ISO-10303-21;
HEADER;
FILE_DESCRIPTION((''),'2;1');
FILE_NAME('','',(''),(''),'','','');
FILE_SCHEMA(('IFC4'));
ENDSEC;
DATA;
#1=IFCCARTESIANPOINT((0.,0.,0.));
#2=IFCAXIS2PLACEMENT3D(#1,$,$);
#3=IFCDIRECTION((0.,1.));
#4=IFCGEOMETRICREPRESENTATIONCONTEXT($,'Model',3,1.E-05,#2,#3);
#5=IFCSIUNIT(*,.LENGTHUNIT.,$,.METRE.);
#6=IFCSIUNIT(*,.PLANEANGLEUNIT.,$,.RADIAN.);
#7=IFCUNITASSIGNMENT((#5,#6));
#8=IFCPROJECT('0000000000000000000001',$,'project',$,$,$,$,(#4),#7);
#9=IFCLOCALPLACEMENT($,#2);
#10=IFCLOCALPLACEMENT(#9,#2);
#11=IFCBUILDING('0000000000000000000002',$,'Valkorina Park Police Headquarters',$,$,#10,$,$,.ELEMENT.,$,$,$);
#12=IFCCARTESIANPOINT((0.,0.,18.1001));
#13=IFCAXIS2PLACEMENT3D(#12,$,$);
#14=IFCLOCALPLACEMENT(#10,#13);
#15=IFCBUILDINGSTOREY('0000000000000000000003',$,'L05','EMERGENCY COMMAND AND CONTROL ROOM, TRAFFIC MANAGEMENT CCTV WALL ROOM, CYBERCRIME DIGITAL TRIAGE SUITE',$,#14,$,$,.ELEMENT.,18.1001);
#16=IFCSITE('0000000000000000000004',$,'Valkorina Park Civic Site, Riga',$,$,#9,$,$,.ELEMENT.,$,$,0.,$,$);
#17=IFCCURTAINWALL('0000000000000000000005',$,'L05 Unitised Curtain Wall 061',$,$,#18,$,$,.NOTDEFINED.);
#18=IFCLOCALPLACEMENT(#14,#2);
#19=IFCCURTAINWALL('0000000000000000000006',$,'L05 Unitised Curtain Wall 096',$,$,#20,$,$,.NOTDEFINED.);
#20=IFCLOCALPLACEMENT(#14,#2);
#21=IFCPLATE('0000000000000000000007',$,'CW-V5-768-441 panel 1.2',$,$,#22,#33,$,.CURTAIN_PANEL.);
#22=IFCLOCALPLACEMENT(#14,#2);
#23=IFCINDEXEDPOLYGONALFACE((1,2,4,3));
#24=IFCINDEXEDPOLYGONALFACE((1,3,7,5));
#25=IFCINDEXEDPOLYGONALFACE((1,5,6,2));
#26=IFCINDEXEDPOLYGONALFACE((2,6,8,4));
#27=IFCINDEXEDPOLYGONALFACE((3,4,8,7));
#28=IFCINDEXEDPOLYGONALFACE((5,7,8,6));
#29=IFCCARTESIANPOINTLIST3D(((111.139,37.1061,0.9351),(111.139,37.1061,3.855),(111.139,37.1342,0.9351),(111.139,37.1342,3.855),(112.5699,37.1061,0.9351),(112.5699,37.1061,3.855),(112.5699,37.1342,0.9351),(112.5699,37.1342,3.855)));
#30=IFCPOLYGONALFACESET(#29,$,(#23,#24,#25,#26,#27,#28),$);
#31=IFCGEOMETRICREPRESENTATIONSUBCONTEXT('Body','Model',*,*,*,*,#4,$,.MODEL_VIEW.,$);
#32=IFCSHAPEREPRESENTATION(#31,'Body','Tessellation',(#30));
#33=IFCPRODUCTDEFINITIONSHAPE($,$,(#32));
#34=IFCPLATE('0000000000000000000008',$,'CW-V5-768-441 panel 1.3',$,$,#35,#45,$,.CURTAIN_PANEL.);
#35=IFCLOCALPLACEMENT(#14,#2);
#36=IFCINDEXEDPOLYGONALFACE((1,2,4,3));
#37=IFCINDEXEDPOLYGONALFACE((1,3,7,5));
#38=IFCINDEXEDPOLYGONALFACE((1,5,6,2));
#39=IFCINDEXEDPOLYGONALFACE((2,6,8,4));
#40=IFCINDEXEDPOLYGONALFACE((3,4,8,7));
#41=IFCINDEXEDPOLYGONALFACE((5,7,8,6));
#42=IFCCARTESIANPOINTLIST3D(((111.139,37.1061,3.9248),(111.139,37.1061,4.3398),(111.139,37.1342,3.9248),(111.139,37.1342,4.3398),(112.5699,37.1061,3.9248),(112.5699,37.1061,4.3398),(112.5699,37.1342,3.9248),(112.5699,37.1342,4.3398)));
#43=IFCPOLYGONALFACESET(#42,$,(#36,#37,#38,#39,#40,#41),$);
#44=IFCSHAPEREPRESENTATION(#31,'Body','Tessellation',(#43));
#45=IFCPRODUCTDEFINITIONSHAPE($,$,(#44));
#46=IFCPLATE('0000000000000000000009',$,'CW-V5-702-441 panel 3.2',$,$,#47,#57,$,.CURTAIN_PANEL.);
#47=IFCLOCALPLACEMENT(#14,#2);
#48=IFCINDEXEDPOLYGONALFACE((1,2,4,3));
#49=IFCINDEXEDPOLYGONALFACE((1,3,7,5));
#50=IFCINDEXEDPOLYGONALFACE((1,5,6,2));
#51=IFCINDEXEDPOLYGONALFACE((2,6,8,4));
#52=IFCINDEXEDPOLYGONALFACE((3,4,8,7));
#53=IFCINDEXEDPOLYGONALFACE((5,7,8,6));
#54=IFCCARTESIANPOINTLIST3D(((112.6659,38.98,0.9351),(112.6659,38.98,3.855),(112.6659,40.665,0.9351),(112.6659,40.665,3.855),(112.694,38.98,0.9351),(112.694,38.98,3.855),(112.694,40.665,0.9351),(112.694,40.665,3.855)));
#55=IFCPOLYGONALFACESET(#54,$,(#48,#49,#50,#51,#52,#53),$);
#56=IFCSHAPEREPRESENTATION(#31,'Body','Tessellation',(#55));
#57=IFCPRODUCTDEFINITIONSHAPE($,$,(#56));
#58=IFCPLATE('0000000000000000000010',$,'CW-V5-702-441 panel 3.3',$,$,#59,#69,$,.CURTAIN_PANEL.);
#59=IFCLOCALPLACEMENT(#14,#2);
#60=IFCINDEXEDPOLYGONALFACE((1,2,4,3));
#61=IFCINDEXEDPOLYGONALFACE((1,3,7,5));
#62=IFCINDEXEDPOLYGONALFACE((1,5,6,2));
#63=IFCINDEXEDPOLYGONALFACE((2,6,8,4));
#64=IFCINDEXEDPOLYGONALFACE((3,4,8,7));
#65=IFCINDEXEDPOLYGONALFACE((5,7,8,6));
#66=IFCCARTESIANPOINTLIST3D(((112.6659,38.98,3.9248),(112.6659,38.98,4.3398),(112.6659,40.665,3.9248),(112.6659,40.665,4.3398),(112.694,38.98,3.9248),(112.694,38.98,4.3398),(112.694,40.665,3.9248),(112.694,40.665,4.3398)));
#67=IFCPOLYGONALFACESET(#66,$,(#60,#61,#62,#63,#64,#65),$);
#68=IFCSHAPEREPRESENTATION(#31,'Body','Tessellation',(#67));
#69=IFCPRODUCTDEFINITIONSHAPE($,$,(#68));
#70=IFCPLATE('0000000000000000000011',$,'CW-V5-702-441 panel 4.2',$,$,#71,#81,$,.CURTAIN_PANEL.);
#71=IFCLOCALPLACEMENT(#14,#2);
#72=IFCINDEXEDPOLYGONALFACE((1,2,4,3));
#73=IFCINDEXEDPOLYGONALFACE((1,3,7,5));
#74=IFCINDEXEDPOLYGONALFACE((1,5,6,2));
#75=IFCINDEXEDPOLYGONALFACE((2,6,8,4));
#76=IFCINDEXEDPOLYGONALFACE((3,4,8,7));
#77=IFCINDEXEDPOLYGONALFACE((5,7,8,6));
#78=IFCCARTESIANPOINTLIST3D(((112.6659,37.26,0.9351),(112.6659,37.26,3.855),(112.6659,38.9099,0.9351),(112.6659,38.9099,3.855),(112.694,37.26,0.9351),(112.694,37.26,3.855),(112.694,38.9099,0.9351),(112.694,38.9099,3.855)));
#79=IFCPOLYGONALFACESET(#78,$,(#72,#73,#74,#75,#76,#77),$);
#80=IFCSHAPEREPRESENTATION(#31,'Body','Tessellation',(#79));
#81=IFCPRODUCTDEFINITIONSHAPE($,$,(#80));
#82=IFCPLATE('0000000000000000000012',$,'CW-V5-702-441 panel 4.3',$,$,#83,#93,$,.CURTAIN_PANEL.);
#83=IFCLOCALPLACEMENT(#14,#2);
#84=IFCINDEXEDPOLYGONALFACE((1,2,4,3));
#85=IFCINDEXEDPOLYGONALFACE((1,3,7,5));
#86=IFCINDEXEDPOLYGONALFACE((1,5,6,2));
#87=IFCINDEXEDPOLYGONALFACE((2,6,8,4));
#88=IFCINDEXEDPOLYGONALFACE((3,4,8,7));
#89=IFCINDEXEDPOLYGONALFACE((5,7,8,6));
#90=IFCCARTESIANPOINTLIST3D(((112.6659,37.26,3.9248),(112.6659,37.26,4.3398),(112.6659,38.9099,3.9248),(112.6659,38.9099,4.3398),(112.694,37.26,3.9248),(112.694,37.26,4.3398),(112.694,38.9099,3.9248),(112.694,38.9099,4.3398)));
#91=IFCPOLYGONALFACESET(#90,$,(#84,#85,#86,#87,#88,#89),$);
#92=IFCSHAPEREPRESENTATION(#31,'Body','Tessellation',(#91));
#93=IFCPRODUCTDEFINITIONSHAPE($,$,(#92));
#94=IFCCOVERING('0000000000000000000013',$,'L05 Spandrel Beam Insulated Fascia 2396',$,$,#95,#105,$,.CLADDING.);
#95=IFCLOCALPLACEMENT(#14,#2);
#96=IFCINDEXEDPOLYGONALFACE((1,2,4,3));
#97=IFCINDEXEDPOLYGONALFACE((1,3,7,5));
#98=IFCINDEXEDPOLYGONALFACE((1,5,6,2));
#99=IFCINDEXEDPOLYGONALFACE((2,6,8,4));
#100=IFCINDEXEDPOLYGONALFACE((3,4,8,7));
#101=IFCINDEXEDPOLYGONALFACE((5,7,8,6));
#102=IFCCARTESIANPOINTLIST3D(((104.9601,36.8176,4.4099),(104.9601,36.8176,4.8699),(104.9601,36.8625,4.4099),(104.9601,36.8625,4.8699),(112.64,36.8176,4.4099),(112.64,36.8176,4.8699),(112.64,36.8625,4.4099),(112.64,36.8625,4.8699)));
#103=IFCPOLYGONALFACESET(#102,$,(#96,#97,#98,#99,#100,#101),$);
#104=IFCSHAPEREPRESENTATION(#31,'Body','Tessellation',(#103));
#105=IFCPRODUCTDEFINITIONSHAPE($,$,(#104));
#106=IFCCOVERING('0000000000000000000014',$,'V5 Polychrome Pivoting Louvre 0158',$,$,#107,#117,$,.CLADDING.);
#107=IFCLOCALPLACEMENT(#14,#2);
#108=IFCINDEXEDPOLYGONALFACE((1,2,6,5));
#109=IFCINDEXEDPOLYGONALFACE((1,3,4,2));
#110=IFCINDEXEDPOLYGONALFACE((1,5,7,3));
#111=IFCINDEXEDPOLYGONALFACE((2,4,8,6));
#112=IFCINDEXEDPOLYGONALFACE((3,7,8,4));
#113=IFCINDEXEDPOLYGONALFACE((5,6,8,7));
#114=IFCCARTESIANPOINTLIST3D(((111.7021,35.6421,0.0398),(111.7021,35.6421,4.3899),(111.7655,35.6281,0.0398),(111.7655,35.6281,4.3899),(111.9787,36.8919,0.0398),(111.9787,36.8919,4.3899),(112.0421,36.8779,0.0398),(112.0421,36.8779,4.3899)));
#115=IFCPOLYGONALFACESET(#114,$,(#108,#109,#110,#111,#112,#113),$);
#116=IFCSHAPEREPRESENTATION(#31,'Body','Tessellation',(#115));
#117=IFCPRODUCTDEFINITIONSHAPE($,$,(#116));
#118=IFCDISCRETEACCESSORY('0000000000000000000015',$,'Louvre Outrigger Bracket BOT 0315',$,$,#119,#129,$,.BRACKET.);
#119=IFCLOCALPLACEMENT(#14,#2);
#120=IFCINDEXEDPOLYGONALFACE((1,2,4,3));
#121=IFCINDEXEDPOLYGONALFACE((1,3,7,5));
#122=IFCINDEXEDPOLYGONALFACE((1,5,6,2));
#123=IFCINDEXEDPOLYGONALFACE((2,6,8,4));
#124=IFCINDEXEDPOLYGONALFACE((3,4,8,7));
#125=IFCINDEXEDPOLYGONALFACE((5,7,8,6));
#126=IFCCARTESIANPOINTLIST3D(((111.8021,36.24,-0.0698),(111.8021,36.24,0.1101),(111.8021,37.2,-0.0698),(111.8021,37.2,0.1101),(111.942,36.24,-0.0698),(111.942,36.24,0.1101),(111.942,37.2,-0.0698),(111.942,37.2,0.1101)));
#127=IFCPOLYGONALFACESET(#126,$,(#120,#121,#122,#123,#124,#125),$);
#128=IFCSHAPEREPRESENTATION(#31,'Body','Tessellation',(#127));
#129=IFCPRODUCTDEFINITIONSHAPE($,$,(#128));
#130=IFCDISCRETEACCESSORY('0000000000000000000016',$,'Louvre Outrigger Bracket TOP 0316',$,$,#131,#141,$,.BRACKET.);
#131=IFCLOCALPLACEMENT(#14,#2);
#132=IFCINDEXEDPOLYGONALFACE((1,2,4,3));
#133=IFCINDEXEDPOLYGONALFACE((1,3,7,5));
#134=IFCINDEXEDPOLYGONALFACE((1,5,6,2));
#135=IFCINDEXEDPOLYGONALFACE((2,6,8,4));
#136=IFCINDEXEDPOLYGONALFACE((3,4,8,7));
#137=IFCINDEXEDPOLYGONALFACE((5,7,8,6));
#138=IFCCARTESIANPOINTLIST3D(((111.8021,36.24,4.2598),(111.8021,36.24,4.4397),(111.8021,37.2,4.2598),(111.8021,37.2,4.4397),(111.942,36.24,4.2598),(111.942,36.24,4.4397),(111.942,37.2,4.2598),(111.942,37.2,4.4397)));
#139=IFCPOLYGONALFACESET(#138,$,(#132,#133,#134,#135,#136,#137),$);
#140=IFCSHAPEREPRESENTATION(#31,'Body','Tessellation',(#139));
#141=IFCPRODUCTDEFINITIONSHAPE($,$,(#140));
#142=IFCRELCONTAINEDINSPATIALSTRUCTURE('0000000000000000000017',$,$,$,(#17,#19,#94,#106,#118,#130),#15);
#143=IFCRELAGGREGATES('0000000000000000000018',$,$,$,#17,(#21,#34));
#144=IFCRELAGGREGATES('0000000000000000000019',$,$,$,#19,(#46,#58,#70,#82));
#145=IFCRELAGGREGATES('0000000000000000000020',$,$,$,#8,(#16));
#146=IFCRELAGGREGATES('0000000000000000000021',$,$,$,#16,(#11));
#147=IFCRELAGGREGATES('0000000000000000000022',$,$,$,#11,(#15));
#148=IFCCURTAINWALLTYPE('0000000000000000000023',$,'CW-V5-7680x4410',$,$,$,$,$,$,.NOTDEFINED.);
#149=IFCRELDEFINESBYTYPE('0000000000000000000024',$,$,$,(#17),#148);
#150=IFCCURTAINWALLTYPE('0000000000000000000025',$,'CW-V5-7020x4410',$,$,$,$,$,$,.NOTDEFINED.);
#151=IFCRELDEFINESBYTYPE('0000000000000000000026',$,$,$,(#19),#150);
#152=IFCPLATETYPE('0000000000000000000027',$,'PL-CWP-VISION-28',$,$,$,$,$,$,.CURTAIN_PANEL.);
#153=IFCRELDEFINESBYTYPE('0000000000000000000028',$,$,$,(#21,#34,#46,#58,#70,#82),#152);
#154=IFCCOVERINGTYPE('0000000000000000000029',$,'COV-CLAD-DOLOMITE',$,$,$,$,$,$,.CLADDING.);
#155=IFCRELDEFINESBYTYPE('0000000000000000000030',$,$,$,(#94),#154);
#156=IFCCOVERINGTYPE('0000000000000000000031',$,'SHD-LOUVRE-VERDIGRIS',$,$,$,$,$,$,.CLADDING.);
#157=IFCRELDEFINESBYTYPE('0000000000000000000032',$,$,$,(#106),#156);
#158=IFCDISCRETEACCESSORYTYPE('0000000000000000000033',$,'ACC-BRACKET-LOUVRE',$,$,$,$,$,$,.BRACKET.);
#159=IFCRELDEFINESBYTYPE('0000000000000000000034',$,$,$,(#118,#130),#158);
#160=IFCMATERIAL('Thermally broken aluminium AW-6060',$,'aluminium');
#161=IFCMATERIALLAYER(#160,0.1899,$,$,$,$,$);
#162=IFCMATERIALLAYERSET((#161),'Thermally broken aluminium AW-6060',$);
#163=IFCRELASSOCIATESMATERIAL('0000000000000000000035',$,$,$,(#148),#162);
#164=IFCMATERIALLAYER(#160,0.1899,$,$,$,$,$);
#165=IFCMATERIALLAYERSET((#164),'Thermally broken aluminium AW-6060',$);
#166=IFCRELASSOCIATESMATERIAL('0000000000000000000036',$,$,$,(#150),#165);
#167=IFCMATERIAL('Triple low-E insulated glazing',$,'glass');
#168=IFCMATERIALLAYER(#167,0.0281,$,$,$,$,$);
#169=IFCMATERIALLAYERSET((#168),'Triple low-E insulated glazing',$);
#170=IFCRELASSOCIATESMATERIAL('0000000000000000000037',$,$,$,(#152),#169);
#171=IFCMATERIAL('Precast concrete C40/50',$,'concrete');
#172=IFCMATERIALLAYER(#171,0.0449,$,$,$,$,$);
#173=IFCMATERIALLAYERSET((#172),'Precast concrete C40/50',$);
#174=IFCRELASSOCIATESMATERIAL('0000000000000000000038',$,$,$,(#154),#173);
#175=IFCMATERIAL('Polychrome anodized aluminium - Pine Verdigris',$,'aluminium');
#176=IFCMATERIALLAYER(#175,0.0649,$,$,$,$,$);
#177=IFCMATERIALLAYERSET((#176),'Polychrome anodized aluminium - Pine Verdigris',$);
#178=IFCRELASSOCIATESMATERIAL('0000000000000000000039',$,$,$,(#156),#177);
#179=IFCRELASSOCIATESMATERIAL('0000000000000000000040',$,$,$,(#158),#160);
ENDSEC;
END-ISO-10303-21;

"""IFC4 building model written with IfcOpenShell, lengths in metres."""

from ifc_helpers import new_model, si_unit, direction, frame, frame_2d, origin, origin_2d, place, context, subcontext, project, spatial, rectangle, extrude, material, layer, layer_set, type_object, element, aggregate, save


model = new_model("IFC4")

# Units and contexts
model_context = context("Model", 3, precision=1e-05, world=origin(), true_north=direction((0.0, 1.0)))
body_context = subcontext(model_context, "Body", "Model", "MODEL_VIEW")
ifc_project = project(units=[si_unit("LENGTHUNIT", "METRE"), si_unit("PLANEANGLEUNIT", "RADIAN")], contexts=[model_context])

# Site, building, storey
site_placement = place(None, origin())
site = spatial("IfcSite", under=ifc_project, at=site_placement, Name="Valkorina Park Civic Site, Riga", CompositionType="ELEMENT", RefElevation=0.0)
building_placement = place(site_placement, origin())
building = spatial("IfcBuilding", under=site, at=building_placement, Name="Valkorina Park Police Headquarters", CompositionType="ELEMENT")
storey_placement = place(building_placement, frame((0.0, 0.0, 18.1001)))
storey = spatial("IfcBuildingStorey", under=building, at=storey_placement, Name="L05", Description="EMERGENCY COMMAND AND CONTROL ROOM, TRAFFIC MANAGEMENT CCTV WALL ROOM, CYBERCRIME DIGITAL TRIAGE SUITE", CompositionType="ELEMENT", Elevation=18.1001)

# Curtain walls
ifc_material_1 = material(Name="Thermally broken aluminium AW-6060", Category="aluminium")
ifc_layer_1 = layer(ifc_material_1, 0.1899)
ifc_layer_set_1 = layer_set([ifc_layer_1], Name="Thermally broken aluminium AW-6060")
curtain_wall_type_1 = type_object("IfcCurtainWallType", Name="CW-V5-7680x4410", PredefinedType="NOTDEFINED", material=ifc_layer_set_1)
curtain_wall_1_placement = place(storey_placement, origin())
curtain_wall_1 = element("IfcCurtainWall", 1, at=curtain_wall_1_placement, inside=storey, type_object=curtain_wall_type_1, Name="L05 Unitised Curtain Wall 061", PredefinedType="NOTDEFINED")
ifc_layer_2 = layer(ifc_material_1, 0.1899)
ifc_layer_set_2 = layer_set([ifc_layer_2], Name="Thermally broken aluminium AW-6060")
curtain_wall_type_2 = type_object("IfcCurtainWallType", Name="CW-V5-7020x4410", PredefinedType="NOTDEFINED", material=ifc_layer_set_2)
curtain_wall_2_placement = place(storey_placement, origin())
curtain_wall_2 = element("IfcCurtainWall", 2, at=curtain_wall_2_placement, inside=storey, type_object=curtain_wall_type_2, Name="L05 Unitised Curtain Wall 096", PredefinedType="NOTDEFINED")

# Plates
ifc_material_2 = material(Name="Triple low-E insulated glazing", Category="glass")
ifc_layer_3 = layer(ifc_material_2, 0.0281)
ifc_layer_set_3 = layer_set([ifc_layer_3], Name="Triple low-E insulated glazing")
plate_type_1 = type_object("IfcPlateType", Name="PL-CWP-VISION-28", PredefinedType="CURTAIN_PANEL", material=ifc_layer_set_3)
plate_1_placement = place(storey_placement, frame((111.8545, 37.1201, 0.9351), z_axis=(0.0, 0.0, 1.0), x_axis=(-1.0, 0.0, 0.0)))
plate_1 = element("IfcPlate", 3, at=plate_1_placement, type_object=plate_type_1, Name="CW-V5-768-441 panel 1.2", PredefinedType="CURTAIN_PANEL", context=body_context, shape_type="SweptSolid", body=[
    extrude(rectangle(XDim=1.4309, YDim=0.0281, at=origin_2d()), origin(), (0.0, 0.0, 1.0), 2.9199),
])
plate_2_placement = place(storey_placement, frame((111.8545, 37.1201, 3.9248), z_axis=(0.0, 0.0, 1.0), x_axis=(-1.0, 0.0, 0.0)))
plate_2 = element("IfcPlate", 4, at=plate_2_placement, type_object=plate_type_1, Name="CW-V5-768-441 panel 1.3", PredefinedType="CURTAIN_PANEL", context=body_context, shape_type="SweptSolid", body=[
    extrude(rectangle(XDim=1.4309, YDim=0.0281, at=origin_2d()), origin(), (0.0, 0.0, 1.0), 0.415),
])
aggregate(curtain_wall_1, [plate_1, plate_2])
plate_3_placement = place(storey_placement, frame((112.6799, 39.8225, 0.9351), z_axis=(0.0, 0.0, 1.0), x_axis=(0.0, -1.0, 0.0)))
plate_3 = element("IfcPlate", 5, at=plate_3_placement, type_object=plate_type_1, Name="CW-V5-702-441 panel 3.2", PredefinedType="CURTAIN_PANEL", context=body_context, shape_type="SweptSolid", body=[
    extrude(rectangle(XDim=1.6851, YDim=0.0281, at=origin_2d()), origin(), (0.0, 0.0, 1.0), 2.9199),
])
plate_4_placement = place(storey_placement, frame((112.6799, 39.8225, 3.9248), z_axis=(0.0, 0.0, 1.0), x_axis=(0.0, -1.0, 0.0)))
plate_4 = element("IfcPlate", 6, at=plate_4_placement, type_object=plate_type_1, Name="CW-V5-702-441 panel 3.3", PredefinedType="CURTAIN_PANEL", context=body_context, shape_type="SweptSolid", body=[
    extrude(rectangle(XDim=1.6851, YDim=0.0281, at=origin_2d()), origin(), (0.0, 0.0, 1.0), 0.415),
])
plate_5_placement = place(storey_placement, frame((112.6799, 38.085, 0.9351), z_axis=(0.0, 0.0, 1.0), x_axis=(0.0, -1.0, 0.0)))
plate_5 = element("IfcPlate", 7, at=plate_5_placement, type_object=plate_type_1, Name="CW-V5-702-441 panel 4.2", PredefinedType="CURTAIN_PANEL", context=body_context, shape_type="SweptSolid", body=[
    extrude(rectangle(XDim=1.6499, YDim=0.0281, at=origin_2d()), origin(), (0.0, 0.0, 1.0), 2.9199),
])
plate_6_placement = place(storey_placement, frame((112.6799, 38.085, 3.9248), z_axis=(0.0, 0.0, 1.0), x_axis=(0.0, -1.0, 0.0)))
plate_6 = element("IfcPlate", 8, at=plate_6_placement, type_object=plate_type_1, Name="CW-V5-702-441 panel 4.3", PredefinedType="CURTAIN_PANEL", context=body_context, shape_type="SweptSolid", body=[
    extrude(rectangle(XDim=1.6499, YDim=0.0281, at=origin_2d()), origin(), (0.0, 0.0, 1.0), 0.415),
])
aggregate(curtain_wall_2, [plate_3, plate_4, plate_5, plate_6])

# Covering
ifc_material_3 = material(Name="Precast concrete C40/50", Category="concrete")
ifc_layer_4 = layer(ifc_material_3, 0.0449)
ifc_layer_set_4 = layer_set([ifc_layer_4], Name="Precast concrete C40/50")
covering_type_1 = type_object("IfcCoveringType", Name="COV-CLAD-DOLOMITE", PredefinedType="CLADDING", material=ifc_layer_set_4)
covering_1_placement = place(storey_placement, frame((112.6399, 36.8401, 4.4099), z_axis=(0.0, 0.0, 1.0), x_axis=(-1.0, 0.0, 0.0)))
element("IfcCovering", 9, at=covering_1_placement, inside=storey, type_object=covering_type_1, Name="L05 Spandrel Beam Insulated Fascia 2396", PredefinedType="CLADDING", context=body_context, shape_type="SweptSolid", body=[
    extrude(rectangle(XDim=7.6799, YDim=0.0449, at=frame_2d((3.8398, 0.0))), origin(), (0.0, 0.0, 1.0), 0.46),
])

# Covering
ifc_material_4 = material(Name="Polychrome anodized aluminium - Pine Verdigris", Category="aluminium")
ifc_layer_5 = layer(ifc_material_4, 0.0649)
ifc_layer_set_5 = layer_set([ifc_layer_5], Name="Polychrome anodized aluminium - Pine Verdigris")
covering_type_2 = type_object("IfcCoveringType", Name="SHD-LOUVRE-VERDIGRIS", PredefinedType="CLADDING", material=ifc_layer_set_5)
covering_2_placement = place(storey_placement, frame((111.8721, 36.26, 0.0398), z_axis=(0.0, 0.0, 1.0), x_axis=(-0.216099, -0.976371, 0.0)))
element("IfcCovering", 10, at=covering_2_placement, inside=storey, type_object=covering_type_2, Name="V5 Polychrome Pivoting Louvre 0158", PredefinedType="CLADDING", context=body_context, shape_type="SweptSolid", body=[
    extrude(rectangle(XDim=1.28, YDim=0.0649, at=origin_2d()), origin(), (0.0, 0.0, 1.0), 4.3501),
])

# Discrete accessories
discrete_accessory_type = type_object("IfcDiscreteAccessoryType", Name="ACC-BRACKET-LOUVRE", PredefinedType="BRACKET", material=ifc_material_1)
for number, where, z_axis, x_axis, name in (
    (11, (111.8721, 36.72, -0.0698), (0.0, 0.0, 1.0), (0.0, -1.0, 0.0), "Louvre Outrigger Bracket BOT 0315"),
    (12, (111.8721, 36.72, 4.2598), (0.0, 0.0, 1.0), (0.0, -1.0, 0.0), "Louvre Outrigger Bracket TOP 0316"),
):
    element("IfcDiscreteAccessory", number, at=place(storey_placement, frame(where, z_axis=z_axis, x_axis=x_axis)), inside=storey, type_object=discrete_accessory_type, Name=name, PredefinedType="BRACKET", context=body_context, shape_type="SweptSolid", body=[
        extrude(rectangle(XDim=0.96, YDim=0.1399, at=origin_2d()), origin(), (0.0, 0.0, 1.0), 0.1799),
    ])

save(model, "model.ifc")
